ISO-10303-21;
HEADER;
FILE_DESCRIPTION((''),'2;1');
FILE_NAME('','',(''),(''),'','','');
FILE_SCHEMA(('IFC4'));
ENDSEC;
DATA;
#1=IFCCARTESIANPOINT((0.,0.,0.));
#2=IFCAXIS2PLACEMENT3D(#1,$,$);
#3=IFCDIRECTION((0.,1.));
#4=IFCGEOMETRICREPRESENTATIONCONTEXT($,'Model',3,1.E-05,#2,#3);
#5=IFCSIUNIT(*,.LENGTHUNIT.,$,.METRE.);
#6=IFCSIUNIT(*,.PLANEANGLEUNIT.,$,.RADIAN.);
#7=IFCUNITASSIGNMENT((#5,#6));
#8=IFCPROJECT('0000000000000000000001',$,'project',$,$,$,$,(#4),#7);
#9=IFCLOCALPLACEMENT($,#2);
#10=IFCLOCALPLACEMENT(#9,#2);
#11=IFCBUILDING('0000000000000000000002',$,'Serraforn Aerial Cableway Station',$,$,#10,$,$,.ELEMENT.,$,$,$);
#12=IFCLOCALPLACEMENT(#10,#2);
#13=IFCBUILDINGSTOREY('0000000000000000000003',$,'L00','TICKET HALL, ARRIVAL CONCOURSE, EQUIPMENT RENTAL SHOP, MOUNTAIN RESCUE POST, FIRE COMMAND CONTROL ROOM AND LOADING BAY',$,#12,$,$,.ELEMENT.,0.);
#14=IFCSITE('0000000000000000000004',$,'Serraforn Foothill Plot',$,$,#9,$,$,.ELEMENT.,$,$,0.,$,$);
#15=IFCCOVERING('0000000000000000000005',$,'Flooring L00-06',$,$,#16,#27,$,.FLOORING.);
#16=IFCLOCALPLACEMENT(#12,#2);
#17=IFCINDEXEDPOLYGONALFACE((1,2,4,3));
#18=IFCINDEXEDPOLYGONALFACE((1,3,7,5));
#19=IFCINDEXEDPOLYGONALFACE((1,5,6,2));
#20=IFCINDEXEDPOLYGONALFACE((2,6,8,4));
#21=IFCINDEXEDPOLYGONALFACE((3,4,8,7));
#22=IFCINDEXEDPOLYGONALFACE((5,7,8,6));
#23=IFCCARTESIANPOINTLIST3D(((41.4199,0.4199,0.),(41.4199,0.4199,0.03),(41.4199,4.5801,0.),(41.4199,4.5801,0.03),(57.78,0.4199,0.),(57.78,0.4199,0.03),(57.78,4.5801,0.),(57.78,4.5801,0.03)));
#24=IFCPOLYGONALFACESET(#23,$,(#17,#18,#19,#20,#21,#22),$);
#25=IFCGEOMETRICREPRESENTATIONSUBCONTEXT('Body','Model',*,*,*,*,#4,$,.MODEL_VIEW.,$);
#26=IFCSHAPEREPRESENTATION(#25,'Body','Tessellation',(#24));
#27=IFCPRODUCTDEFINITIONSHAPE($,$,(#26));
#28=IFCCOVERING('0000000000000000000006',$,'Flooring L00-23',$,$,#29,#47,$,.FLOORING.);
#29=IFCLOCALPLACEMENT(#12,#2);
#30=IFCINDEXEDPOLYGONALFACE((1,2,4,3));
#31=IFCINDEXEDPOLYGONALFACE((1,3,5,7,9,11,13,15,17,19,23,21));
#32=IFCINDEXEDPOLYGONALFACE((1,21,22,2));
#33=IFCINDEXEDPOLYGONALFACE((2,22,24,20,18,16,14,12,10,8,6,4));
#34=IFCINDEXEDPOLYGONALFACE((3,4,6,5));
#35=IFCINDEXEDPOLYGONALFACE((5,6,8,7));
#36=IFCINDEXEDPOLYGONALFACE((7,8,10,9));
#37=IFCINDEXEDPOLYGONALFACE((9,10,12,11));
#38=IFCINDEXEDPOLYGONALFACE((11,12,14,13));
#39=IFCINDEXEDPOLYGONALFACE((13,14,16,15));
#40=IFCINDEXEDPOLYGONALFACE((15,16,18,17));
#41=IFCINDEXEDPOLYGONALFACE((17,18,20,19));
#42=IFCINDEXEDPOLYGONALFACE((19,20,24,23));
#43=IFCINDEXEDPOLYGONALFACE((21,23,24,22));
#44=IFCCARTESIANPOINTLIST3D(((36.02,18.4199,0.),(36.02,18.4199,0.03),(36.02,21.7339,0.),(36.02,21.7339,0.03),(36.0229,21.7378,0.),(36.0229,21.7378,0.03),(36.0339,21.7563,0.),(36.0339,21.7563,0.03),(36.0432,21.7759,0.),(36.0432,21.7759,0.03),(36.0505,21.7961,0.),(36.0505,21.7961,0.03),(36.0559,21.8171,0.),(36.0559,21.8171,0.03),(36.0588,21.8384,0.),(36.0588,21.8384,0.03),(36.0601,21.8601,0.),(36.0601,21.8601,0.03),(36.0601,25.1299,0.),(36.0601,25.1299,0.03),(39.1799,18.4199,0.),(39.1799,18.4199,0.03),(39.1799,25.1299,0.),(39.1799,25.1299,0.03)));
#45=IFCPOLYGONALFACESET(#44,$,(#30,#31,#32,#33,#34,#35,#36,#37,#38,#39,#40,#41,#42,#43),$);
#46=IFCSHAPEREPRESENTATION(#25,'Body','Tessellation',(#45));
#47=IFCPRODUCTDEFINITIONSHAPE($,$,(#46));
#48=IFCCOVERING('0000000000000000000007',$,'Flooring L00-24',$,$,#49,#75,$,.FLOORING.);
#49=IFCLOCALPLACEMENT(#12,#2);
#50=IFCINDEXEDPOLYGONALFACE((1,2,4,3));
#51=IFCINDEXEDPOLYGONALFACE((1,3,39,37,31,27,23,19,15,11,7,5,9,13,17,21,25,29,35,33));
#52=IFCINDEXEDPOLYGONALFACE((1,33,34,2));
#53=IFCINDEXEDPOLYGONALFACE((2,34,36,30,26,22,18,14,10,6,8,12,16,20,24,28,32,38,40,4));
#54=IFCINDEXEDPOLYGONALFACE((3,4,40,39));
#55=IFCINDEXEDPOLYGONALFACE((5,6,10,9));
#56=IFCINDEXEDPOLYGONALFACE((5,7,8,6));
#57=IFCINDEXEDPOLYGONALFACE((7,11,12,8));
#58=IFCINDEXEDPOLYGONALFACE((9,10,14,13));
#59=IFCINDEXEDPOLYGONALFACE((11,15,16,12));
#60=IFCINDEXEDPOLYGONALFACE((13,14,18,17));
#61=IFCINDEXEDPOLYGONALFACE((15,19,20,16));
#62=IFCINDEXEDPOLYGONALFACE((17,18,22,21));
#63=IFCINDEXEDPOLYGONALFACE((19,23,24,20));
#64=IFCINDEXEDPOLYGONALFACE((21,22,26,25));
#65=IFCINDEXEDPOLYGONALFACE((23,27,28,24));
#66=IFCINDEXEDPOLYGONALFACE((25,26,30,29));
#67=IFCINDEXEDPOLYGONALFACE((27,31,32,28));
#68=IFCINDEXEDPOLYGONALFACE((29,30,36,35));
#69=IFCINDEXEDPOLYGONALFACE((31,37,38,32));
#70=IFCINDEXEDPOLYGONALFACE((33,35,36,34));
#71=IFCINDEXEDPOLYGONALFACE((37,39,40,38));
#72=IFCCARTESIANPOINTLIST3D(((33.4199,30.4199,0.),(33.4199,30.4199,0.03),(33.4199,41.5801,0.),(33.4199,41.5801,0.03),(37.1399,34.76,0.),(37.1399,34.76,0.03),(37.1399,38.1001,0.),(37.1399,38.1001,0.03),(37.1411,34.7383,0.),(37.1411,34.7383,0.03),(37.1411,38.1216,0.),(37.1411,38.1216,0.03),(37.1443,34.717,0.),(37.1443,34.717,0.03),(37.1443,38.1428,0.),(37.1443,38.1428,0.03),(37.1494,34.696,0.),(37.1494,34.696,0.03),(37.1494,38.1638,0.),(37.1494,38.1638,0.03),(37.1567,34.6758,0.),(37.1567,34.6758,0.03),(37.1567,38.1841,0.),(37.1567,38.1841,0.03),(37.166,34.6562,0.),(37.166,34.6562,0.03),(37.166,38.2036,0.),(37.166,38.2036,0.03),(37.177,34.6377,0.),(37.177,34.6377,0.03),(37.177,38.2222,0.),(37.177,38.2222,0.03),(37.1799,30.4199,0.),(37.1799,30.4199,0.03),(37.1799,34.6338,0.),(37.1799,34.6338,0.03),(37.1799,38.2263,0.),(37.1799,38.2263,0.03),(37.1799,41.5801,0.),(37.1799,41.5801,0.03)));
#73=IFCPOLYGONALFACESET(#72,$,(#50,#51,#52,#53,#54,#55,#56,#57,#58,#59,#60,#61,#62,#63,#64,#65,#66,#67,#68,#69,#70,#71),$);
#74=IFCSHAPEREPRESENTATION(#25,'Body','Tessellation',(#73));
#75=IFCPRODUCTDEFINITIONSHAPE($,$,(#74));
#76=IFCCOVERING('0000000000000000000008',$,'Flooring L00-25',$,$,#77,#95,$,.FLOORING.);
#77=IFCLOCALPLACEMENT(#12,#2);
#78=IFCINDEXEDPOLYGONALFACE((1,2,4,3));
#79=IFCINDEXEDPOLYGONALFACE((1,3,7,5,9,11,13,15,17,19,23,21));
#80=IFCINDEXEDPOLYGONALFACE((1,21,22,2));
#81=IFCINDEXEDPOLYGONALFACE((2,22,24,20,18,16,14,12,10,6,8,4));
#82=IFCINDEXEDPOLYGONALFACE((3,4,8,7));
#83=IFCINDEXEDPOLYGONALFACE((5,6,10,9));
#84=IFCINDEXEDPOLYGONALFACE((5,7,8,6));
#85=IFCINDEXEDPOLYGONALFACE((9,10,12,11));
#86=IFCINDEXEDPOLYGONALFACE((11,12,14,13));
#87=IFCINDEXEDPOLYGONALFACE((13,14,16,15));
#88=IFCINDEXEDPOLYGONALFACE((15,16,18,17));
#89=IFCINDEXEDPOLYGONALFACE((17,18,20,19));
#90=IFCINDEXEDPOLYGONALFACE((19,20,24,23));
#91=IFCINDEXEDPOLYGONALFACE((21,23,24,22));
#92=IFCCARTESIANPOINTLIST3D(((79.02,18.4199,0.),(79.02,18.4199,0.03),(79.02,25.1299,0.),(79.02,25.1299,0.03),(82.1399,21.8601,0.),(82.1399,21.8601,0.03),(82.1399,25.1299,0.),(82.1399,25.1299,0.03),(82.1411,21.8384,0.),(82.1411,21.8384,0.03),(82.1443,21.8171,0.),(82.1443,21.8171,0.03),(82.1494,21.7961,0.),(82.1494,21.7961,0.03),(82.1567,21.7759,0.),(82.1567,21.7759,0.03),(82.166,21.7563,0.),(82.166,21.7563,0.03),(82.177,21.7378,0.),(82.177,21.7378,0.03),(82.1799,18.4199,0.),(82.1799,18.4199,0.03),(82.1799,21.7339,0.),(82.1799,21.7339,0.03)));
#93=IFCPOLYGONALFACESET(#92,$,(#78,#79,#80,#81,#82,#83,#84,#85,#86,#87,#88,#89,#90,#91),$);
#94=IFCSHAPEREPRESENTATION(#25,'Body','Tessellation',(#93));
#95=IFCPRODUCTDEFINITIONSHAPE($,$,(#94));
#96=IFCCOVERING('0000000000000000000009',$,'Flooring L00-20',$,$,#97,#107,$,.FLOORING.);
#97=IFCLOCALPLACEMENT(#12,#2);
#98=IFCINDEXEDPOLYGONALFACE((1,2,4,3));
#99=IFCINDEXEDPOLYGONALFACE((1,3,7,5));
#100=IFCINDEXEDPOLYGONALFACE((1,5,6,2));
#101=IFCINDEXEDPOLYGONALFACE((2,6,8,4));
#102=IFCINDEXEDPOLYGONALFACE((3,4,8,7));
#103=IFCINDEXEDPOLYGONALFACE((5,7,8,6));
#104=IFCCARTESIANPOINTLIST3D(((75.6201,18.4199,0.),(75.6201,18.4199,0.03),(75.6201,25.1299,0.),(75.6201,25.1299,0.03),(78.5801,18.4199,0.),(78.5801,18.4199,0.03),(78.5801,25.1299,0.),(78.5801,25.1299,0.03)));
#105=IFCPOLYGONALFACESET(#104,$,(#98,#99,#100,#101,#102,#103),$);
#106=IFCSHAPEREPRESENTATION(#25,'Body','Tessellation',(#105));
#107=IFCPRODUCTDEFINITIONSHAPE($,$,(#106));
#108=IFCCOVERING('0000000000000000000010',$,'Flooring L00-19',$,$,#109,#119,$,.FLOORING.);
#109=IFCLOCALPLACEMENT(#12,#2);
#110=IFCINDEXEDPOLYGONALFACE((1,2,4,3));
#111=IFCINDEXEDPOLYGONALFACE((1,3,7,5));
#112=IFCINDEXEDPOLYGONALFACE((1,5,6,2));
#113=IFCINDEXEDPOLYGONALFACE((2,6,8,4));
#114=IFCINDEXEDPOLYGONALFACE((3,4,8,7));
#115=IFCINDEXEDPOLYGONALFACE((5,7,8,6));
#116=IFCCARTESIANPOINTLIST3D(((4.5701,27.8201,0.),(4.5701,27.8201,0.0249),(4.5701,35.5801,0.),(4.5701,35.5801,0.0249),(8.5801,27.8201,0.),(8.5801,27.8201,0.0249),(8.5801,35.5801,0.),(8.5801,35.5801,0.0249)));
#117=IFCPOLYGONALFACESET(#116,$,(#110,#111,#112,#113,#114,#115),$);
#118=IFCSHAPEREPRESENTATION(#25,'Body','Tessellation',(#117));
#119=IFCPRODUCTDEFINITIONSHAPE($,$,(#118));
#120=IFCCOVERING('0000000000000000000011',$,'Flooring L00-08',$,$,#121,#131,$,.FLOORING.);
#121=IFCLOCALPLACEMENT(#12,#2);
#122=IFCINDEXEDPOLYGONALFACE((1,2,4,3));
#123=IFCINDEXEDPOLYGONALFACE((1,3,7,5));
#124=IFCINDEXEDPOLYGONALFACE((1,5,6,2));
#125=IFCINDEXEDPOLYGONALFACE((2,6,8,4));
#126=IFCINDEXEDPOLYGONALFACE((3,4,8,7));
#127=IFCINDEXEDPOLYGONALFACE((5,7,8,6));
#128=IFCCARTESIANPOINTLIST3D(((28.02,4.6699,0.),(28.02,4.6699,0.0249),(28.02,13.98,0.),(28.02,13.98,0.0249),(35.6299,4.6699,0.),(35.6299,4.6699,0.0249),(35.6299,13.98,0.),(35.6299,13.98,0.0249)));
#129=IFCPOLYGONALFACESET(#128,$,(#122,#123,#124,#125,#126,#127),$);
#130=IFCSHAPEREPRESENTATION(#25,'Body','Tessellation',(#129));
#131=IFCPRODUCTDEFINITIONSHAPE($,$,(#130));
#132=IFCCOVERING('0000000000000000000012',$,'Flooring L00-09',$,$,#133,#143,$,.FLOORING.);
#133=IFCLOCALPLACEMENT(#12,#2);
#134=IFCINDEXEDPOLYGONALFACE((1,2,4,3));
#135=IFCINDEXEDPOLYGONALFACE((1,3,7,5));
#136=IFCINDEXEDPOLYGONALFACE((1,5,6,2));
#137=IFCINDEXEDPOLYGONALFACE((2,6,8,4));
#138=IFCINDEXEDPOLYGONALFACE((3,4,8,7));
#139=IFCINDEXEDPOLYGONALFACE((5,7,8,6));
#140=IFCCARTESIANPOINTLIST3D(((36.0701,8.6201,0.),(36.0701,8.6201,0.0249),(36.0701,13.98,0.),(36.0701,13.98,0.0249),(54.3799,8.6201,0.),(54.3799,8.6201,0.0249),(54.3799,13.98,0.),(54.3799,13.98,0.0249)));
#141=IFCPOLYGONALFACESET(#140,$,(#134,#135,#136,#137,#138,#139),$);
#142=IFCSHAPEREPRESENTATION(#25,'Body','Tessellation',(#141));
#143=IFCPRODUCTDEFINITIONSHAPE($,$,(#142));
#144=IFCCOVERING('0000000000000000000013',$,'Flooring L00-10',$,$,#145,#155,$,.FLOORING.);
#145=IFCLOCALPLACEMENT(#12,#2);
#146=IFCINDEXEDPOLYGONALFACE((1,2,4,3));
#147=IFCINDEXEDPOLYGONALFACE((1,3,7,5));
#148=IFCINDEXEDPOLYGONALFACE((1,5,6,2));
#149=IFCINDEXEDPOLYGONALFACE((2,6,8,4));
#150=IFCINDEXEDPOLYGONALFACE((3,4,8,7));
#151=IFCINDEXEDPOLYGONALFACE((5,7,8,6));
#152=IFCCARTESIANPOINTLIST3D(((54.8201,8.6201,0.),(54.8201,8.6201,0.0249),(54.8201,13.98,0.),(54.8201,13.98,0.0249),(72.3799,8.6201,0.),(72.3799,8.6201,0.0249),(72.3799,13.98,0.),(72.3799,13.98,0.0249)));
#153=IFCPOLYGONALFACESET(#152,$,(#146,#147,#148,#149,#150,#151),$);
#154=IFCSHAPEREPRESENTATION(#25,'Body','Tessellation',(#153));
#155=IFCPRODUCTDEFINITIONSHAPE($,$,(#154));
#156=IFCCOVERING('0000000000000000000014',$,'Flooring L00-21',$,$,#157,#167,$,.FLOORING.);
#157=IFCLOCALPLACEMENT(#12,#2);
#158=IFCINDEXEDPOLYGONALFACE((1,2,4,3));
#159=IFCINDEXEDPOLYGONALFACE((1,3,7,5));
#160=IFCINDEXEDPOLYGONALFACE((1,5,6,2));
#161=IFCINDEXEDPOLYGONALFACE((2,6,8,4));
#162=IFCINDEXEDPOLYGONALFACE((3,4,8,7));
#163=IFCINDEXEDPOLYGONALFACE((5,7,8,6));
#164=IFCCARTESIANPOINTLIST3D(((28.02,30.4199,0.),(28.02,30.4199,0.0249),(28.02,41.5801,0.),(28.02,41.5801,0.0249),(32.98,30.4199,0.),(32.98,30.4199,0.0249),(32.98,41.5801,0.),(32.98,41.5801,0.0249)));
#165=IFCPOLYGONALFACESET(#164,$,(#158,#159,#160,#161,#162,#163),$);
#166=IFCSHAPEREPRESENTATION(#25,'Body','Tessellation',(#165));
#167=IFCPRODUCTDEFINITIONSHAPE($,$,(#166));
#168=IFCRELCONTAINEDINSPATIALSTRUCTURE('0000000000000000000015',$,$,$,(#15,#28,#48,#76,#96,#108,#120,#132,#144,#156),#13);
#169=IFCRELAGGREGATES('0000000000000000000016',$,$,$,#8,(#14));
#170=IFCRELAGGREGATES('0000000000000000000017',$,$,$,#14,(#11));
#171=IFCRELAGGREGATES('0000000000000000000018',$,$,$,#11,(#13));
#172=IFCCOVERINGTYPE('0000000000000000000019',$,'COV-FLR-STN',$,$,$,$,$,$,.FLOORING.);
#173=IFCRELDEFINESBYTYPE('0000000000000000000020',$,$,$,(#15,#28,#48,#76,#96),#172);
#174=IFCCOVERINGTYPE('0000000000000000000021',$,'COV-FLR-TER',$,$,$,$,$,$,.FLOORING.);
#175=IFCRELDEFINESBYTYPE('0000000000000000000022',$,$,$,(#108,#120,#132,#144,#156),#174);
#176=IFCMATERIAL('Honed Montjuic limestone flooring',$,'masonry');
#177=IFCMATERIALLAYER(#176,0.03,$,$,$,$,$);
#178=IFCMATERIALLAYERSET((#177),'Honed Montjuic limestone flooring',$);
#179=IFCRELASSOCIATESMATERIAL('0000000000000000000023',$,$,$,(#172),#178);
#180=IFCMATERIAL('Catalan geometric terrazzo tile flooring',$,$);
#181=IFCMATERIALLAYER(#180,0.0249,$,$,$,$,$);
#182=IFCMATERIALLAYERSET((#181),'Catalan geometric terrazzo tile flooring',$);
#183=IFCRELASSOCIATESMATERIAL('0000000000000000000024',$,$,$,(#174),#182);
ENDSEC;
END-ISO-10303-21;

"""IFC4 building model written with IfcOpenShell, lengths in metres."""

from ifc_helpers import new_model, si_unit, direction, origin, place, context, subcontext, project, spatial, polyline, outline, extrude, material, layer, layer_set, type_object, element, save


model = new_model("IFC4")

# Units and contexts
model_context = context("Model", 3, precision=1e-05, world=origin(), true_north=direction((0.0, 1.0)))
body_context = subcontext(model_context, "Body", "Model", "MODEL_VIEW")
ifc_project = project(units=[si_unit("LENGTHUNIT", "METRE"), si_unit("PLANEANGLEUNIT", "RADIAN")], contexts=[model_context])

# Site, building, storey
site_placement = place(None, origin())
site = spatial("IfcSite", under=ifc_project, at=site_placement, Name="Serraforn Foothill Plot", CompositionType="ELEMENT", RefElevation=0.0)
building_placement = place(site_placement, origin())
building = spatial("IfcBuilding", under=site, at=building_placement, Name="Serraforn Aerial Cableway Station", CompositionType="ELEMENT")
storey_placement = place(building_placement, origin())
storey = spatial("IfcBuildingStorey", under=building, at=storey_placement, Name="L00", Description="TICKET HALL, ARRIVAL CONCOURSE, EQUIPMENT RENTAL SHOP, MOUNTAIN RESCUE POST, FIRE COMMAND CONTROL ROOM AND LOADING BAY", CompositionType="ELEMENT", Elevation=0.0)

# Coverings
ifc_material_1 = material(Name="Honed Montjuic limestone flooring", Category="masonry")
ifc_layer_1 = layer(ifc_material_1, 0.03)
ifc_layer_set_1 = layer_set([ifc_layer_1], Name="Honed Montjuic limestone flooring")
covering_type_1 = type_object("IfcCoveringType", Name="COV-FLR-STN", PredefinedType="FLOORING", material=ifc_layer_set_1)
covering_1_placement = place(storey_placement, origin())
element("IfcCovering", 1, at=covering_1_placement, inside=storey, type_object=covering_type_1, Name="Flooring L00-06", PredefinedType="FLOORING", context=body_context, shape_type="SweptSolid", body=[
    extrude(outline(polyline([(41.4199, 4.5801), (57.78, 4.5801), (57.78, 0.4199), (41.4199, 0.4199), (41.4199, 4.5801)])), origin(), (0.0, 0.0, 1.0), 0.03),
])
covering_2_placement = place(storey_placement, origin())
element("IfcCovering", 2, at=covering_2_placement, inside=storey, type_object=covering_type_1, Name="Flooring L00-23", PredefinedType="FLOORING", context=body_context, shape_type="SweptSolid", body=[
    extrude(outline(polyline([(36.0601, 25.1299), (39.1799, 25.1299), (39.1799, 18.4199), (36.02, 18.4199), (36.02, 21.7339), (36.0229, 21.7378), (36.0339, 21.7563), (36.0432, 21.7759), (36.0505, 21.7961), (36.0559, 21.8171), (36.0588, 21.8384), (36.0601, 21.8601), (36.0601, 25.1299)])), origin(), (0.0, 0.0, 1.0), 0.03),
])
covering_3_placement = place(storey_placement, origin())
element("IfcCovering", 3, at=covering_3_placement, inside=storey, type_object=covering_type_1, Name="Flooring L00-24", PredefinedType="FLOORING", context=body_context, shape_type="SweptSolid", body=[
    extrude(outline(polyline([(37.1799, 30.4199), (33.4199, 30.4199), (33.4199, 41.5801), (37.1799, 41.5801), (37.1799, 38.2263), (37.177, 38.2222), (37.166, 38.2036), (37.1567, 38.1841), (37.1494, 38.1638), (37.1443, 38.1428), (37.1411, 38.1216), (37.1399, 38.1001), (37.1399, 34.76), (37.1411, 34.7383), (37.1443, 34.717), (37.1494, 34.696), (37.1567, 34.6758), (37.166, 34.6562), (37.177, 34.6377), (37.1799, 34.6338), (37.1799, 30.4199)])), origin(), (0.0, 0.0, 1.0), 0.03),
])
covering_4_placement = place(storey_placement, origin())
element("IfcCovering", 4, at=covering_4_placement, inside=storey, type_object=covering_type_1, Name="Flooring L00-25", PredefinedType="FLOORING", context=body_context, shape_type="SweptSolid", body=[
    extrude(outline(polyline([(82.1399, 25.1299), (82.1399, 21.8601), (82.1411, 21.8384), (82.1443, 21.8171), (82.1494, 21.7961), (82.1567, 21.7759), (82.166, 21.7563), (82.177, 21.7378), (82.1799, 21.7339), (82.1799, 18.4199), (79.02, 18.4199), (79.02, 25.1299), (82.1399, 25.1299)])), origin(), (0.0, 0.0, 1.0), 0.03),
])
covering_5_placement = place(storey_placement, origin())
element("IfcCovering", 5, at=covering_5_placement, inside=storey, type_object=covering_type_1, Name="Flooring L00-20", PredefinedType="FLOORING", context=body_context, shape_type="SweptSolid", body=[
    extrude(outline(polyline([(75.6201, 18.4199), (75.6201, 25.1299), (78.5801, 25.1299), (78.5801, 18.4199), (75.6201, 18.4199)])), origin(), (0.0, 0.0, 1.0), 0.03),
])
ifc_material_2 = material(Name="Catalan geometric terrazzo tile flooring")
ifc_layer_2 = layer(ifc_material_2, 0.0249)
ifc_layer_set_2 = layer_set([ifc_layer_2], Name="Catalan geometric terrazzo tile flooring")
covering_type_2 = type_object("IfcCoveringType", Name="COV-FLR-TER", PredefinedType="FLOORING", material=ifc_layer_set_2)
covering_6_placement = place(storey_placement, origin())
element("IfcCovering", 6, at=covering_6_placement, inside=storey, type_object=covering_type_2, Name="Flooring L00-19", PredefinedType="FLOORING", context=body_context, shape_type="SweptSolid", body=[
    extrude(outline(polyline([(4.5701, 27.8201), (4.5701, 35.5801), (8.5801, 35.5801), (8.5801, 27.8201), (4.5701, 27.8201)])), origin(), (0.0, 0.0, 1.0), 0.0249),
])
covering_7_placement = place(storey_placement, origin())
element("IfcCovering", 7, at=covering_7_placement, inside=storey, type_object=covering_type_2, Name="Flooring L00-08", PredefinedType="FLOORING", context=body_context, shape_type="SweptSolid", body=[
    extrude(outline(polyline([(28.02, 4.6699), (28.02, 13.98), (35.6299, 13.98), (35.6299, 4.6699), (28.02, 4.6699)])), origin(), (0.0, 0.0, 1.0), 0.0249),
])
covering_8_placement = place(storey_placement, origin())
element("IfcCovering", 8, at=covering_8_placement, inside=storey, type_object=covering_type_2, Name="Flooring L00-09", PredefinedType="FLOORING", context=body_context, shape_type="SweptSolid", body=[
    extrude(outline(polyline([(36.0701, 8.6201), (36.0701, 13.98), (54.3799, 13.98), (54.3799, 8.6201), (36.0701, 8.6201)])), origin(), (0.0, 0.0, 1.0), 0.0249),
])
covering_9_placement = place(storey_placement, origin())
element("IfcCovering", 9, at=covering_9_placement, inside=storey, type_object=covering_type_2, Name="Flooring L00-10", PredefinedType="FLOORING", context=body_context, shape_type="SweptSolid", body=[
    extrude(outline(polyline([(54.8201, 8.6201), (54.8201, 13.98), (72.3799, 13.98), (72.3799, 8.6201), (54.8201, 8.6201)])), origin(), (0.0, 0.0, 1.0), 0.0249),
])
covering_10_placement = place(storey_placement, origin())
element("IfcCovering", 10, at=covering_10_placement, inside=storey, type_object=covering_type_2, Name="Flooring L00-21", PredefinedType="FLOORING", context=body_context, shape_type="SweptSolid", body=[
    extrude(outline(polyline([(28.02, 30.4199), (28.02, 41.5801), (32.98, 41.5801), (32.98, 30.4199), (28.02, 30.4199)])), origin(), (0.0, 0.0, 1.0), 0.0249),
])

save(model, "model.ifc")
